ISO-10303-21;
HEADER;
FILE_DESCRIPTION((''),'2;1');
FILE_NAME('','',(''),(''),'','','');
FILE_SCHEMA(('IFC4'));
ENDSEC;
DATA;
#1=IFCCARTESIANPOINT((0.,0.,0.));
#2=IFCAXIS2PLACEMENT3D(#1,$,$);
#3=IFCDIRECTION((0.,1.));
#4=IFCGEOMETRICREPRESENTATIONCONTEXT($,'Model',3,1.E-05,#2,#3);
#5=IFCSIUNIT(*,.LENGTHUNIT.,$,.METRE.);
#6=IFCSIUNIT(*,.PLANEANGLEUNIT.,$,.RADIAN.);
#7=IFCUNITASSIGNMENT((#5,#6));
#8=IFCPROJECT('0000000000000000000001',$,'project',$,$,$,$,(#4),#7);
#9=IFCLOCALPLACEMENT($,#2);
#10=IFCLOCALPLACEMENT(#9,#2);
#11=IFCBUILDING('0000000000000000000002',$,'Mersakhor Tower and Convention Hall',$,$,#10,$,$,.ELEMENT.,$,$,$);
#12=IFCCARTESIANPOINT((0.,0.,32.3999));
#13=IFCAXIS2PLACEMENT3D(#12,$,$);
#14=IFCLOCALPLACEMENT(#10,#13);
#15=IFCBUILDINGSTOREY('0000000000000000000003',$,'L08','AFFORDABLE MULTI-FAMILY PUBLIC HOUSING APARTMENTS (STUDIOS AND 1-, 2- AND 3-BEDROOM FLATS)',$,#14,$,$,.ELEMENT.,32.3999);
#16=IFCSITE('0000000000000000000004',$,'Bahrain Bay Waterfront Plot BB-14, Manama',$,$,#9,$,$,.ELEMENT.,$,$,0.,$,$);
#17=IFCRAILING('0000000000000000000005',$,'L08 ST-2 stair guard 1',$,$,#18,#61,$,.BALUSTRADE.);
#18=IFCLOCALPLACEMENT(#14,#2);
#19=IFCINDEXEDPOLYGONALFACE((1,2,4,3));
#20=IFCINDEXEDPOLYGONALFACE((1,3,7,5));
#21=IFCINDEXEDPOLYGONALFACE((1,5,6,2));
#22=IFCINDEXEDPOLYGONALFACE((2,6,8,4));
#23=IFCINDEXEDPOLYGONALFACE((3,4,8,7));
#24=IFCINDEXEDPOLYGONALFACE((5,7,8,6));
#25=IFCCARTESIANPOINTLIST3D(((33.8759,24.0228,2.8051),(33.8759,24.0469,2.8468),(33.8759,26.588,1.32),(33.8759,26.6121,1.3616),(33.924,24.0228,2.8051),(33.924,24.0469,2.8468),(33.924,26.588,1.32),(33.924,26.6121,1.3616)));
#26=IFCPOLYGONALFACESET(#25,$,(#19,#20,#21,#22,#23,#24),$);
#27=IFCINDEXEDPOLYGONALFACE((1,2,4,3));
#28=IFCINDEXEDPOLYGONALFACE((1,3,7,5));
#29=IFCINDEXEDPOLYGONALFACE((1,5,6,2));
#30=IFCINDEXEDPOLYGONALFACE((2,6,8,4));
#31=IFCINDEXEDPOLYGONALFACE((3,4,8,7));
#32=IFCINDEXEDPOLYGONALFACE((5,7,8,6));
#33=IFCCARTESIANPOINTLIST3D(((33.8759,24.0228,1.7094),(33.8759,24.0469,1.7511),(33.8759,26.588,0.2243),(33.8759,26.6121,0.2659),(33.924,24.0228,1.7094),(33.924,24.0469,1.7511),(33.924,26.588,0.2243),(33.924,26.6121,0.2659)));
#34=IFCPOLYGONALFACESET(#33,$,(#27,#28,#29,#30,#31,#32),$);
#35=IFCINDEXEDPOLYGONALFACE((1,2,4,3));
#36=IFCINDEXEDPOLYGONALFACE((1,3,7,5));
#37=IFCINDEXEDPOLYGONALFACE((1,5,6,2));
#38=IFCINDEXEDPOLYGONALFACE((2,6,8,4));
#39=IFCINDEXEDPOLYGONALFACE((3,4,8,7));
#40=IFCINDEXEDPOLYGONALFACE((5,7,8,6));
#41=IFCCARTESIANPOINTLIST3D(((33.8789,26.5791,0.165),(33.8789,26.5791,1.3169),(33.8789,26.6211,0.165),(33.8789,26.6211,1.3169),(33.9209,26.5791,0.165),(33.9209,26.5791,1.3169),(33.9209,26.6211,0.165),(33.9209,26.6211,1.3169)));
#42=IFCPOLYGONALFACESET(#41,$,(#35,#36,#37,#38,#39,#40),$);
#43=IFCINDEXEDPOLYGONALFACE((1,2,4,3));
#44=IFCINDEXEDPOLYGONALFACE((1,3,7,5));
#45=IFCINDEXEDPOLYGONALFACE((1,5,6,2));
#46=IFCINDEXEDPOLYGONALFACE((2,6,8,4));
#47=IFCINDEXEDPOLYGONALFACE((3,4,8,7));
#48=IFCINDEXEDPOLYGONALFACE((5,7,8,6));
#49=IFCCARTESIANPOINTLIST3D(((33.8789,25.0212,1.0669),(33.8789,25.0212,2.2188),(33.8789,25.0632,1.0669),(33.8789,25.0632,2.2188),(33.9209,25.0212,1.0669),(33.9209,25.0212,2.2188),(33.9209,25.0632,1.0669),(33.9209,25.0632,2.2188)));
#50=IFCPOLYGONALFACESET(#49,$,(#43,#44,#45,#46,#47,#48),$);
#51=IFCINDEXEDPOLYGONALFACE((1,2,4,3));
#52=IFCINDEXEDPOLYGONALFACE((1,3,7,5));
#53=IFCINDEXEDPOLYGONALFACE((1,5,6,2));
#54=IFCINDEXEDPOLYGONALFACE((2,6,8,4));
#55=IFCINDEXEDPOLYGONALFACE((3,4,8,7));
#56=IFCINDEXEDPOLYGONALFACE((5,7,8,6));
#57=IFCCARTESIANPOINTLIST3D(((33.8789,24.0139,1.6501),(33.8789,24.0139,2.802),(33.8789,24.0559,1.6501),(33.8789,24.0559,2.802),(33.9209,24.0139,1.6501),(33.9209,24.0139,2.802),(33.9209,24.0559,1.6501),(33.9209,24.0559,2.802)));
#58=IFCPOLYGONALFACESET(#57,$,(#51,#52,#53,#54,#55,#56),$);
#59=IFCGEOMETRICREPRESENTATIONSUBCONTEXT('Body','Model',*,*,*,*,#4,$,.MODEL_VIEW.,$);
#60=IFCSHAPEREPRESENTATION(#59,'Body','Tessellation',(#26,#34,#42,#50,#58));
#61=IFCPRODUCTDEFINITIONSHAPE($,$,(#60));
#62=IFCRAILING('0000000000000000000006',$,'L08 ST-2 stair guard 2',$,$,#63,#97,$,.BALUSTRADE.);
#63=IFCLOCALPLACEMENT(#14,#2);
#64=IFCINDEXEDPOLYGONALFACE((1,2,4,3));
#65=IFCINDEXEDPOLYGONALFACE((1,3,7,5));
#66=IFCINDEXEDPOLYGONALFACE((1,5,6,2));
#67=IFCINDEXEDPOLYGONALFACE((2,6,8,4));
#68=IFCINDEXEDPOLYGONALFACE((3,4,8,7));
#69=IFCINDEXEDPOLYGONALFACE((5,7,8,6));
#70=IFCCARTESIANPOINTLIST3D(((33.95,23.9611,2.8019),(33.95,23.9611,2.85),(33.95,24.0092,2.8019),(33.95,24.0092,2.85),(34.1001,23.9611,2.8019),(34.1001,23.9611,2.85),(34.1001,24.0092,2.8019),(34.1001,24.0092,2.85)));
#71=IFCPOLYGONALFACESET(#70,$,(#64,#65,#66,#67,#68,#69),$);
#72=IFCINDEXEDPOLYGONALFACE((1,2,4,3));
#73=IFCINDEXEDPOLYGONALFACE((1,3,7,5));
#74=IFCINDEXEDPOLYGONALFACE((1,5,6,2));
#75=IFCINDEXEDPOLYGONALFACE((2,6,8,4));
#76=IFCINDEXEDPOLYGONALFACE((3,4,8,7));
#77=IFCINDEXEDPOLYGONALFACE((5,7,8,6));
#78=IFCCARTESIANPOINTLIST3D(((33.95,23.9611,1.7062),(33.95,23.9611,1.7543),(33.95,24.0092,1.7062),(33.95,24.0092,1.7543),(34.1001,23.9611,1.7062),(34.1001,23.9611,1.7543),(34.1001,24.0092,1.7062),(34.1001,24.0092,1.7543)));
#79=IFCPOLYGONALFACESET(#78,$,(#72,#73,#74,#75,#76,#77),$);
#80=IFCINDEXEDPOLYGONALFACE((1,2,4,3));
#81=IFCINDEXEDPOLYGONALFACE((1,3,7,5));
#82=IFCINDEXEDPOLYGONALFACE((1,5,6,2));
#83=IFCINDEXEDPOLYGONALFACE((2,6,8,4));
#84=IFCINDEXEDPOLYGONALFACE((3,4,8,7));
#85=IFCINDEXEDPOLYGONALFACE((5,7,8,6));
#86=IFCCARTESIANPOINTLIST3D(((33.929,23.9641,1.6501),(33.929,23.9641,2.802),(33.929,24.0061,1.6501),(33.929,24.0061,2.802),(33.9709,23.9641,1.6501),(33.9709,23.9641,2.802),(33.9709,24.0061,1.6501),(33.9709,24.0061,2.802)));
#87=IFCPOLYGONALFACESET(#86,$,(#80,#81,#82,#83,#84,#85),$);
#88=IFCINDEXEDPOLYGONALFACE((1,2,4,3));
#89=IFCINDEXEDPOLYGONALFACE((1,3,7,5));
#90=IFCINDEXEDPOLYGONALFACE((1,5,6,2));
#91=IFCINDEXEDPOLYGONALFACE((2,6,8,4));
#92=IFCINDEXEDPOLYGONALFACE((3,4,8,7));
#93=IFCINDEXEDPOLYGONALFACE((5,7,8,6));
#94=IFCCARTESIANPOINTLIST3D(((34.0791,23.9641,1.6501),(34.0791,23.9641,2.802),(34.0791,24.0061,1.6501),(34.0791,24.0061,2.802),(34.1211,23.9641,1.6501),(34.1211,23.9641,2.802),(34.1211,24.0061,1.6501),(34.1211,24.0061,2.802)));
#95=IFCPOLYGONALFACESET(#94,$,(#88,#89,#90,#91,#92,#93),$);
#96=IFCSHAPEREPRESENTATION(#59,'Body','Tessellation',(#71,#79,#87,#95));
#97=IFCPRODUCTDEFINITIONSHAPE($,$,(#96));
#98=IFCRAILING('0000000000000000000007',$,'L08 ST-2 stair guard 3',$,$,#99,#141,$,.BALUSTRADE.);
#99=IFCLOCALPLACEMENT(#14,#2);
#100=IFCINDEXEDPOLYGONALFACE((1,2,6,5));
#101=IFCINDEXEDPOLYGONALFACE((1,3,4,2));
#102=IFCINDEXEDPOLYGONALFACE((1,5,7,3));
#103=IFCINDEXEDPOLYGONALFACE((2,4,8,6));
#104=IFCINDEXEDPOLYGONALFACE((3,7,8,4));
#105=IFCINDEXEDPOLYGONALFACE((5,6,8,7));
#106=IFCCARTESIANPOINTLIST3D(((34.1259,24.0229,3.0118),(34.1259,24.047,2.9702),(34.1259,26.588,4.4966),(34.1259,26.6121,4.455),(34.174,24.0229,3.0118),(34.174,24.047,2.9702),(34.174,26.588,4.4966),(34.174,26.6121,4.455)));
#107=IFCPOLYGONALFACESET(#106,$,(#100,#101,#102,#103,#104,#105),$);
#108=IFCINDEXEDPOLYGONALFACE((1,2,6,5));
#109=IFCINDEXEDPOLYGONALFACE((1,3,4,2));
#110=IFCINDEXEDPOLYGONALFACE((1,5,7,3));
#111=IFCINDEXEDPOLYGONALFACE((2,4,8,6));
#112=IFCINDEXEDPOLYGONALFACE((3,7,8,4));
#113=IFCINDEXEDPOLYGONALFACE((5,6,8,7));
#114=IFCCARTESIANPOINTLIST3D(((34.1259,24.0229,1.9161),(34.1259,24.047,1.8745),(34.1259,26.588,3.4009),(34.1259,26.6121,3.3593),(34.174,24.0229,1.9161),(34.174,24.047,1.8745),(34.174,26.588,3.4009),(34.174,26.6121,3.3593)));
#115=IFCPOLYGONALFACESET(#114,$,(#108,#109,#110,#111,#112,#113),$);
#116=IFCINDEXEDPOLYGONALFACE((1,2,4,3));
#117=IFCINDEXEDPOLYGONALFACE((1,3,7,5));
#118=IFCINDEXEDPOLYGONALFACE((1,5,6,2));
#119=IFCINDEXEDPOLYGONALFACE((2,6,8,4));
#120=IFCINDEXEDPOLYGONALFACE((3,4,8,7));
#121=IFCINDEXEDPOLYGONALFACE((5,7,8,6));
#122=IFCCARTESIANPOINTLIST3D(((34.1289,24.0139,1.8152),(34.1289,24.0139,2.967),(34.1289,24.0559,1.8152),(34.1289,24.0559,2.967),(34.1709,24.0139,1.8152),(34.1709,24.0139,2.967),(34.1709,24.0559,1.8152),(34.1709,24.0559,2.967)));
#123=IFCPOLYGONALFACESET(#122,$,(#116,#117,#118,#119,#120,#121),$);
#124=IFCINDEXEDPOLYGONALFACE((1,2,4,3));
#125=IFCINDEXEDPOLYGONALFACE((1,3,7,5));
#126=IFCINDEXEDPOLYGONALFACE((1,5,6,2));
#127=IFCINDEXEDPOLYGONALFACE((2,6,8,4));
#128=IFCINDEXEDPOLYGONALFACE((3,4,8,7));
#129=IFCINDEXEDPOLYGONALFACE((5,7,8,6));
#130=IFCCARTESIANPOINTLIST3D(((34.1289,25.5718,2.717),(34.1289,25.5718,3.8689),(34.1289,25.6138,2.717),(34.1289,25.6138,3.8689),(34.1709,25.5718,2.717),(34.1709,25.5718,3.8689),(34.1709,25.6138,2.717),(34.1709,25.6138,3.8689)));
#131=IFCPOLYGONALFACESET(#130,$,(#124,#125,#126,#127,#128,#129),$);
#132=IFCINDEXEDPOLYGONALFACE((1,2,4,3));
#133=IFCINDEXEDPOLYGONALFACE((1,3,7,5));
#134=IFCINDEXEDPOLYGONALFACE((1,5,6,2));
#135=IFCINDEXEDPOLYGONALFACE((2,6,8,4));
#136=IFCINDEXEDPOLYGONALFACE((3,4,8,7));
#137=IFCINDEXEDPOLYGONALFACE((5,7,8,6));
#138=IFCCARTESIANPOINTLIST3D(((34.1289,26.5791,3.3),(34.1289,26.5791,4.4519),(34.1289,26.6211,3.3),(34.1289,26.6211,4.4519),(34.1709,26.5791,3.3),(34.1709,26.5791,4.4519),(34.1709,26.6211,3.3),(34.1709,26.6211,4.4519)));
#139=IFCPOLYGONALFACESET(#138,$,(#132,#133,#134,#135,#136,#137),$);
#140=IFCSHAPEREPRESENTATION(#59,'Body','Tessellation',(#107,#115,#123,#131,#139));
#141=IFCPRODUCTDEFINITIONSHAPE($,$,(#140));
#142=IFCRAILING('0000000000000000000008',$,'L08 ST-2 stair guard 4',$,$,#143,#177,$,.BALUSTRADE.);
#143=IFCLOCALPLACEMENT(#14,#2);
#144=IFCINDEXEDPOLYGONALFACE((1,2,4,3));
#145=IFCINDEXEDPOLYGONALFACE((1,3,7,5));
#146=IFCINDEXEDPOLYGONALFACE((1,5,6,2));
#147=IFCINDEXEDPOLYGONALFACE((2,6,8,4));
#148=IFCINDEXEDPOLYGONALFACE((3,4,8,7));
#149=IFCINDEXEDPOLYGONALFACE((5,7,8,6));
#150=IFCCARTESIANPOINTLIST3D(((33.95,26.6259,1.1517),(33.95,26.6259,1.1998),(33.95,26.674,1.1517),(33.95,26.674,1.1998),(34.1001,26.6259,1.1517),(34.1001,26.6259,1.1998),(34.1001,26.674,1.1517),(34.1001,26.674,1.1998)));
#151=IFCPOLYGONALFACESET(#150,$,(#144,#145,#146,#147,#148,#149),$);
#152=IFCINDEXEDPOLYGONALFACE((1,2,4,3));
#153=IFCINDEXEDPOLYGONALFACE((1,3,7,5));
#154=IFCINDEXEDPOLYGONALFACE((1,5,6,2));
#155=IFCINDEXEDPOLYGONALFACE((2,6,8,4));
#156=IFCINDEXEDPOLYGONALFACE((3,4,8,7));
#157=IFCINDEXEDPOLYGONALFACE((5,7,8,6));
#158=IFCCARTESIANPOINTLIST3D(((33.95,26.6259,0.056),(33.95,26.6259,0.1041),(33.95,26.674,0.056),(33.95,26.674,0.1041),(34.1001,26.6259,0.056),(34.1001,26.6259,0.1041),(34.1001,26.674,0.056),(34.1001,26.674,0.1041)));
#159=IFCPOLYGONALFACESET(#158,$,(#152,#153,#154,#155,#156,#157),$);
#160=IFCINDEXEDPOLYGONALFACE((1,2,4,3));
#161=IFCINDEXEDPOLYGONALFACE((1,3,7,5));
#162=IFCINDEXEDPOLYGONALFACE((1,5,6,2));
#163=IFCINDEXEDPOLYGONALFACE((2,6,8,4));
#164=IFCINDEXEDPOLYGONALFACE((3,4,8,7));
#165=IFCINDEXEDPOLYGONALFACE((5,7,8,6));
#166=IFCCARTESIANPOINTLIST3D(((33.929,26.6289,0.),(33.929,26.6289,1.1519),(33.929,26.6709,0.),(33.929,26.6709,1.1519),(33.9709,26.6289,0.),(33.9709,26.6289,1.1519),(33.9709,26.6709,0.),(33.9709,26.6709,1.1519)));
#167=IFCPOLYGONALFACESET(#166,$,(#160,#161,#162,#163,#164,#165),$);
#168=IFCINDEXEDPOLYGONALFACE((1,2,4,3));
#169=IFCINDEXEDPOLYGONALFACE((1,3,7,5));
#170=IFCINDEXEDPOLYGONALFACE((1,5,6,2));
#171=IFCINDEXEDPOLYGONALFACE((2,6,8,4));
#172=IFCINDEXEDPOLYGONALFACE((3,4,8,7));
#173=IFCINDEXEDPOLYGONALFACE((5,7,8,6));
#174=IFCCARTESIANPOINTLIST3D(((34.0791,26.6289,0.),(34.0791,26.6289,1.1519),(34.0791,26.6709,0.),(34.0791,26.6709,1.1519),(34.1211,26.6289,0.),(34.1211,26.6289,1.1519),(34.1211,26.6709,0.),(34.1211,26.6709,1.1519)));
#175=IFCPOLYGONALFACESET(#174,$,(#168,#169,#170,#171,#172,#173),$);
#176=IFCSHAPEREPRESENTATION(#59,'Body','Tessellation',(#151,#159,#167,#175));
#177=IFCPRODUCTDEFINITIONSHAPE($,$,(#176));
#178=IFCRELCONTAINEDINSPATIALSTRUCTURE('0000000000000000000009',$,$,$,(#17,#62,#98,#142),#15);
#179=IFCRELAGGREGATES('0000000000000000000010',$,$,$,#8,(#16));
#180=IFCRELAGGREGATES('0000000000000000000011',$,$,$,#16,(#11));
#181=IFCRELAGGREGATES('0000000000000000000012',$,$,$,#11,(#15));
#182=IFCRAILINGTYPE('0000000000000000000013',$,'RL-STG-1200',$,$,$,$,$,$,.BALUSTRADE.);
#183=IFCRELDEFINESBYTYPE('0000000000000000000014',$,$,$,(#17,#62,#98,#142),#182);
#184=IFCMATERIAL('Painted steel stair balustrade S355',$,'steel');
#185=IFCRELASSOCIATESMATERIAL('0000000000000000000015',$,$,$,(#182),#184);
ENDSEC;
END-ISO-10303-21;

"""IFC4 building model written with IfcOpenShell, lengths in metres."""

from ifc_helpers import new_model, si_unit, direction, frame, origin, origin_2d, place, context, subcontext, project, spatial, rectangle, extrude, material, type_object, element, save


model = new_model("IFC4")

# Units and contexts
model_context = context("Model", 3, precision=1e-05, world=origin(), true_north=direction((0.0, 1.0)))
body_context = subcontext(model_context, "Body", "Model", "MODEL_VIEW")
ifc_project = project(units=[si_unit("LENGTHUNIT", "METRE"), si_unit("PLANEANGLEUNIT", "RADIAN")], contexts=[model_context])

# Site, building, storey
site_placement = place(None, origin())
site = spatial("IfcSite", under=ifc_project, at=site_placement, Name="Bahrain Bay Waterfront Plot BB-14, Manama", CompositionType="ELEMENT", RefElevation=0.0)
building_placement = place(site_placement, origin())
building = spatial("IfcBuilding", under=site, at=building_placement, Name="Mersakhor Tower and Convention Hall", CompositionType="ELEMENT")
storey_placement = place(building_placement, frame((0.0, 0.0, 32.3999)))
storey = spatial("IfcBuildingStorey", under=building, at=storey_placement, Name="L08", Description="AFFORDABLE MULTI-FAMILY PUBLIC HOUSING APARTMENTS (STUDIOS AND 1-, 2- AND 3-BEDROOM FLATS)", CompositionType="ELEMENT", Elevation=32.3999)

# Railings
ifc_material_1 = material(Name="Painted steel stair balustrade S355", Category="steel")
railing_type_1 = type_object("IfcRailingType", Name="RL-STG-1200", PredefinedType="BALUSTRADE", material=ifc_material_1)
railing_1_placement = place(storey_placement, frame((33.8999, 26.6001, 0.165)))
element("IfcRailing", 1, at=railing_1_placement, inside=storey, type_object=railing_type_1, Name="L08 ST-2 stair guard 1", PredefinedType="BALUSTRADE", context=body_context, shape_type="SweptSolid", body=[
    extrude(rectangle(XDim=0.0481, YDim=0.0481, at=origin_2d()), frame((0.0, 0.0, 1.1758), z_axis=(0.0, -0.865426, 0.501036), x_axis=(1.0, 0.0, 0.0)), (0.0, 0.0, 1.0), 2.9641),
    extrude(rectangle(XDim=0.0481, YDim=0.0481, at=origin_2d()), frame((0.0, 0.0, 0.0801), z_axis=(0.0, -0.865426, 0.501036), x_axis=(1.0, 0.0, 0.0)), (0.0, 0.0, 1.0), 2.9641),
    extrude(rectangle(XDim=0.042, YDim=0.042, at=origin_2d()), origin(), (0.0, 0.0, 1.0), 1.1519),
    extrude(rectangle(XDim=0.042, YDim=0.042, at=origin_2d()), frame((0.0, -1.5579, 0.9019)), (0.0, 0.0, 1.0), 1.1519),
    extrude(rectangle(XDim=0.042, YDim=0.042, at=origin_2d()), frame((0.0, -2.5652, 1.4851)), (0.0, 0.0, 1.0), 1.1519),
])
railing_2_placement = place(storey_placement, frame((33.95, 23.9851, 1.6501)))
element("IfcRailing", 2, at=railing_2_placement, inside=storey, type_object=railing_type_1, Name="L08 ST-2 stair guard 2", PredefinedType="BALUSTRADE", context=body_context, shape_type="SweptSolid", body=[
    extrude(rectangle(XDim=0.0481, YDim=0.0481, at=origin_2d()), frame((0.0, 0.0, 1.1758), z_axis=(1.0, 0.0, 0.0), x_axis=(0.0, 1.0, 0.0)), (0.0, 0.0, 1.0), 0.1501),
    extrude(rectangle(XDim=0.0481, YDim=0.0481, at=origin_2d()), frame((0.0, 0.0, 0.0801), z_axis=(1.0, 0.0, 0.0), x_axis=(0.0, 1.0, 0.0)), (0.0, 0.0, 1.0), 0.1501),
    extrude(rectangle(XDim=0.042, YDim=0.042, at=origin_2d()), origin(), (0.0, 0.0, 1.0), 1.1519),
    extrude(rectangle(XDim=0.042, YDim=0.042, at=origin_2d()), frame((0.1501, 0.0, 0.0)), (0.0, 0.0, 1.0), 1.1519),
])
railing_3_placement = place(storey_placement, frame((34.1499, 24.0349, 1.8152)))
element("IfcRailing", 3, at=railing_3_placement, inside=storey, type_object=railing_type_1, Name="L08 ST-2 stair guard 3", PredefinedType="BALUSTRADE", context=body_context, shape_type="SweptSolid", body=[
    extrude(rectangle(XDim=0.0481, YDim=0.0481, at=origin_2d()), frame((0.0, 0.0, 1.1758), z_axis=(0.0, 0.865462, 0.500975), x_axis=(-1.0, 0.0, 0.0)), (0.0, 0.0, 1.0), 2.9639),
    extrude(rectangle(XDim=0.0481, YDim=0.0481, at=origin_2d()), frame((0.0, 0.0, 0.0801), z_axis=(0.0, 0.865462, 0.500975), x_axis=(-1.0, 0.0, 0.0)), (0.0, 0.0, 1.0), 2.9639),
    extrude(rectangle(XDim=0.042, YDim=0.042, at=origin_2d()), origin(), (0.0, 0.0, 1.0), 1.1519),
    extrude(rectangle(XDim=0.042, YDim=0.042, at=origin_2d()), frame((0.0, 1.5579, 0.9019)), (0.0, 0.0, 1.0), 1.1519),
    extrude(rectangle(XDim=0.042, YDim=0.042, at=origin_2d()), frame((0.0, 2.5652, 1.4849)), (0.0, 0.0, 1.0), 1.1519),
])
railing_4_placement = place(storey_placement, frame((33.95, 26.6499, 0.0)))
element("IfcRailing", 4, at=railing_4_placement, inside=storey, type_object=railing_type_1, Name="L08 ST-2 stair guard 4", PredefinedType="BALUSTRADE", context=body_context, shape_type="SweptSolid", body=[
    extrude(rectangle(XDim=0.0481, YDim=0.0481, at=origin_2d()), frame((0.0, 0.0, 1.1758), z_axis=(1.0, 0.0, 0.0), x_axis=(0.0, 1.0, 0.0)), (0.0, 0.0, 1.0), 0.1501),
    extrude(rectangle(XDim=0.0481, YDim=0.0481, at=origin_2d()), frame((0.0, 0.0, 0.0801), z_axis=(1.0, 0.0, 0.0), x_axis=(0.0, 1.0, 0.0)), (0.0, 0.0, 1.0), 0.1501),
    extrude(rectangle(XDim=0.042, YDim=0.042, at=origin_2d()), origin(), (0.0, 0.0, 1.0), 1.1519),
    extrude(rectangle(XDim=0.042, YDim=0.042, at=origin_2d()), frame((0.1501, 0.0, 0.0)), (0.0, 0.0, 1.0), 1.1519),
])

save(model, "model.ifc")
